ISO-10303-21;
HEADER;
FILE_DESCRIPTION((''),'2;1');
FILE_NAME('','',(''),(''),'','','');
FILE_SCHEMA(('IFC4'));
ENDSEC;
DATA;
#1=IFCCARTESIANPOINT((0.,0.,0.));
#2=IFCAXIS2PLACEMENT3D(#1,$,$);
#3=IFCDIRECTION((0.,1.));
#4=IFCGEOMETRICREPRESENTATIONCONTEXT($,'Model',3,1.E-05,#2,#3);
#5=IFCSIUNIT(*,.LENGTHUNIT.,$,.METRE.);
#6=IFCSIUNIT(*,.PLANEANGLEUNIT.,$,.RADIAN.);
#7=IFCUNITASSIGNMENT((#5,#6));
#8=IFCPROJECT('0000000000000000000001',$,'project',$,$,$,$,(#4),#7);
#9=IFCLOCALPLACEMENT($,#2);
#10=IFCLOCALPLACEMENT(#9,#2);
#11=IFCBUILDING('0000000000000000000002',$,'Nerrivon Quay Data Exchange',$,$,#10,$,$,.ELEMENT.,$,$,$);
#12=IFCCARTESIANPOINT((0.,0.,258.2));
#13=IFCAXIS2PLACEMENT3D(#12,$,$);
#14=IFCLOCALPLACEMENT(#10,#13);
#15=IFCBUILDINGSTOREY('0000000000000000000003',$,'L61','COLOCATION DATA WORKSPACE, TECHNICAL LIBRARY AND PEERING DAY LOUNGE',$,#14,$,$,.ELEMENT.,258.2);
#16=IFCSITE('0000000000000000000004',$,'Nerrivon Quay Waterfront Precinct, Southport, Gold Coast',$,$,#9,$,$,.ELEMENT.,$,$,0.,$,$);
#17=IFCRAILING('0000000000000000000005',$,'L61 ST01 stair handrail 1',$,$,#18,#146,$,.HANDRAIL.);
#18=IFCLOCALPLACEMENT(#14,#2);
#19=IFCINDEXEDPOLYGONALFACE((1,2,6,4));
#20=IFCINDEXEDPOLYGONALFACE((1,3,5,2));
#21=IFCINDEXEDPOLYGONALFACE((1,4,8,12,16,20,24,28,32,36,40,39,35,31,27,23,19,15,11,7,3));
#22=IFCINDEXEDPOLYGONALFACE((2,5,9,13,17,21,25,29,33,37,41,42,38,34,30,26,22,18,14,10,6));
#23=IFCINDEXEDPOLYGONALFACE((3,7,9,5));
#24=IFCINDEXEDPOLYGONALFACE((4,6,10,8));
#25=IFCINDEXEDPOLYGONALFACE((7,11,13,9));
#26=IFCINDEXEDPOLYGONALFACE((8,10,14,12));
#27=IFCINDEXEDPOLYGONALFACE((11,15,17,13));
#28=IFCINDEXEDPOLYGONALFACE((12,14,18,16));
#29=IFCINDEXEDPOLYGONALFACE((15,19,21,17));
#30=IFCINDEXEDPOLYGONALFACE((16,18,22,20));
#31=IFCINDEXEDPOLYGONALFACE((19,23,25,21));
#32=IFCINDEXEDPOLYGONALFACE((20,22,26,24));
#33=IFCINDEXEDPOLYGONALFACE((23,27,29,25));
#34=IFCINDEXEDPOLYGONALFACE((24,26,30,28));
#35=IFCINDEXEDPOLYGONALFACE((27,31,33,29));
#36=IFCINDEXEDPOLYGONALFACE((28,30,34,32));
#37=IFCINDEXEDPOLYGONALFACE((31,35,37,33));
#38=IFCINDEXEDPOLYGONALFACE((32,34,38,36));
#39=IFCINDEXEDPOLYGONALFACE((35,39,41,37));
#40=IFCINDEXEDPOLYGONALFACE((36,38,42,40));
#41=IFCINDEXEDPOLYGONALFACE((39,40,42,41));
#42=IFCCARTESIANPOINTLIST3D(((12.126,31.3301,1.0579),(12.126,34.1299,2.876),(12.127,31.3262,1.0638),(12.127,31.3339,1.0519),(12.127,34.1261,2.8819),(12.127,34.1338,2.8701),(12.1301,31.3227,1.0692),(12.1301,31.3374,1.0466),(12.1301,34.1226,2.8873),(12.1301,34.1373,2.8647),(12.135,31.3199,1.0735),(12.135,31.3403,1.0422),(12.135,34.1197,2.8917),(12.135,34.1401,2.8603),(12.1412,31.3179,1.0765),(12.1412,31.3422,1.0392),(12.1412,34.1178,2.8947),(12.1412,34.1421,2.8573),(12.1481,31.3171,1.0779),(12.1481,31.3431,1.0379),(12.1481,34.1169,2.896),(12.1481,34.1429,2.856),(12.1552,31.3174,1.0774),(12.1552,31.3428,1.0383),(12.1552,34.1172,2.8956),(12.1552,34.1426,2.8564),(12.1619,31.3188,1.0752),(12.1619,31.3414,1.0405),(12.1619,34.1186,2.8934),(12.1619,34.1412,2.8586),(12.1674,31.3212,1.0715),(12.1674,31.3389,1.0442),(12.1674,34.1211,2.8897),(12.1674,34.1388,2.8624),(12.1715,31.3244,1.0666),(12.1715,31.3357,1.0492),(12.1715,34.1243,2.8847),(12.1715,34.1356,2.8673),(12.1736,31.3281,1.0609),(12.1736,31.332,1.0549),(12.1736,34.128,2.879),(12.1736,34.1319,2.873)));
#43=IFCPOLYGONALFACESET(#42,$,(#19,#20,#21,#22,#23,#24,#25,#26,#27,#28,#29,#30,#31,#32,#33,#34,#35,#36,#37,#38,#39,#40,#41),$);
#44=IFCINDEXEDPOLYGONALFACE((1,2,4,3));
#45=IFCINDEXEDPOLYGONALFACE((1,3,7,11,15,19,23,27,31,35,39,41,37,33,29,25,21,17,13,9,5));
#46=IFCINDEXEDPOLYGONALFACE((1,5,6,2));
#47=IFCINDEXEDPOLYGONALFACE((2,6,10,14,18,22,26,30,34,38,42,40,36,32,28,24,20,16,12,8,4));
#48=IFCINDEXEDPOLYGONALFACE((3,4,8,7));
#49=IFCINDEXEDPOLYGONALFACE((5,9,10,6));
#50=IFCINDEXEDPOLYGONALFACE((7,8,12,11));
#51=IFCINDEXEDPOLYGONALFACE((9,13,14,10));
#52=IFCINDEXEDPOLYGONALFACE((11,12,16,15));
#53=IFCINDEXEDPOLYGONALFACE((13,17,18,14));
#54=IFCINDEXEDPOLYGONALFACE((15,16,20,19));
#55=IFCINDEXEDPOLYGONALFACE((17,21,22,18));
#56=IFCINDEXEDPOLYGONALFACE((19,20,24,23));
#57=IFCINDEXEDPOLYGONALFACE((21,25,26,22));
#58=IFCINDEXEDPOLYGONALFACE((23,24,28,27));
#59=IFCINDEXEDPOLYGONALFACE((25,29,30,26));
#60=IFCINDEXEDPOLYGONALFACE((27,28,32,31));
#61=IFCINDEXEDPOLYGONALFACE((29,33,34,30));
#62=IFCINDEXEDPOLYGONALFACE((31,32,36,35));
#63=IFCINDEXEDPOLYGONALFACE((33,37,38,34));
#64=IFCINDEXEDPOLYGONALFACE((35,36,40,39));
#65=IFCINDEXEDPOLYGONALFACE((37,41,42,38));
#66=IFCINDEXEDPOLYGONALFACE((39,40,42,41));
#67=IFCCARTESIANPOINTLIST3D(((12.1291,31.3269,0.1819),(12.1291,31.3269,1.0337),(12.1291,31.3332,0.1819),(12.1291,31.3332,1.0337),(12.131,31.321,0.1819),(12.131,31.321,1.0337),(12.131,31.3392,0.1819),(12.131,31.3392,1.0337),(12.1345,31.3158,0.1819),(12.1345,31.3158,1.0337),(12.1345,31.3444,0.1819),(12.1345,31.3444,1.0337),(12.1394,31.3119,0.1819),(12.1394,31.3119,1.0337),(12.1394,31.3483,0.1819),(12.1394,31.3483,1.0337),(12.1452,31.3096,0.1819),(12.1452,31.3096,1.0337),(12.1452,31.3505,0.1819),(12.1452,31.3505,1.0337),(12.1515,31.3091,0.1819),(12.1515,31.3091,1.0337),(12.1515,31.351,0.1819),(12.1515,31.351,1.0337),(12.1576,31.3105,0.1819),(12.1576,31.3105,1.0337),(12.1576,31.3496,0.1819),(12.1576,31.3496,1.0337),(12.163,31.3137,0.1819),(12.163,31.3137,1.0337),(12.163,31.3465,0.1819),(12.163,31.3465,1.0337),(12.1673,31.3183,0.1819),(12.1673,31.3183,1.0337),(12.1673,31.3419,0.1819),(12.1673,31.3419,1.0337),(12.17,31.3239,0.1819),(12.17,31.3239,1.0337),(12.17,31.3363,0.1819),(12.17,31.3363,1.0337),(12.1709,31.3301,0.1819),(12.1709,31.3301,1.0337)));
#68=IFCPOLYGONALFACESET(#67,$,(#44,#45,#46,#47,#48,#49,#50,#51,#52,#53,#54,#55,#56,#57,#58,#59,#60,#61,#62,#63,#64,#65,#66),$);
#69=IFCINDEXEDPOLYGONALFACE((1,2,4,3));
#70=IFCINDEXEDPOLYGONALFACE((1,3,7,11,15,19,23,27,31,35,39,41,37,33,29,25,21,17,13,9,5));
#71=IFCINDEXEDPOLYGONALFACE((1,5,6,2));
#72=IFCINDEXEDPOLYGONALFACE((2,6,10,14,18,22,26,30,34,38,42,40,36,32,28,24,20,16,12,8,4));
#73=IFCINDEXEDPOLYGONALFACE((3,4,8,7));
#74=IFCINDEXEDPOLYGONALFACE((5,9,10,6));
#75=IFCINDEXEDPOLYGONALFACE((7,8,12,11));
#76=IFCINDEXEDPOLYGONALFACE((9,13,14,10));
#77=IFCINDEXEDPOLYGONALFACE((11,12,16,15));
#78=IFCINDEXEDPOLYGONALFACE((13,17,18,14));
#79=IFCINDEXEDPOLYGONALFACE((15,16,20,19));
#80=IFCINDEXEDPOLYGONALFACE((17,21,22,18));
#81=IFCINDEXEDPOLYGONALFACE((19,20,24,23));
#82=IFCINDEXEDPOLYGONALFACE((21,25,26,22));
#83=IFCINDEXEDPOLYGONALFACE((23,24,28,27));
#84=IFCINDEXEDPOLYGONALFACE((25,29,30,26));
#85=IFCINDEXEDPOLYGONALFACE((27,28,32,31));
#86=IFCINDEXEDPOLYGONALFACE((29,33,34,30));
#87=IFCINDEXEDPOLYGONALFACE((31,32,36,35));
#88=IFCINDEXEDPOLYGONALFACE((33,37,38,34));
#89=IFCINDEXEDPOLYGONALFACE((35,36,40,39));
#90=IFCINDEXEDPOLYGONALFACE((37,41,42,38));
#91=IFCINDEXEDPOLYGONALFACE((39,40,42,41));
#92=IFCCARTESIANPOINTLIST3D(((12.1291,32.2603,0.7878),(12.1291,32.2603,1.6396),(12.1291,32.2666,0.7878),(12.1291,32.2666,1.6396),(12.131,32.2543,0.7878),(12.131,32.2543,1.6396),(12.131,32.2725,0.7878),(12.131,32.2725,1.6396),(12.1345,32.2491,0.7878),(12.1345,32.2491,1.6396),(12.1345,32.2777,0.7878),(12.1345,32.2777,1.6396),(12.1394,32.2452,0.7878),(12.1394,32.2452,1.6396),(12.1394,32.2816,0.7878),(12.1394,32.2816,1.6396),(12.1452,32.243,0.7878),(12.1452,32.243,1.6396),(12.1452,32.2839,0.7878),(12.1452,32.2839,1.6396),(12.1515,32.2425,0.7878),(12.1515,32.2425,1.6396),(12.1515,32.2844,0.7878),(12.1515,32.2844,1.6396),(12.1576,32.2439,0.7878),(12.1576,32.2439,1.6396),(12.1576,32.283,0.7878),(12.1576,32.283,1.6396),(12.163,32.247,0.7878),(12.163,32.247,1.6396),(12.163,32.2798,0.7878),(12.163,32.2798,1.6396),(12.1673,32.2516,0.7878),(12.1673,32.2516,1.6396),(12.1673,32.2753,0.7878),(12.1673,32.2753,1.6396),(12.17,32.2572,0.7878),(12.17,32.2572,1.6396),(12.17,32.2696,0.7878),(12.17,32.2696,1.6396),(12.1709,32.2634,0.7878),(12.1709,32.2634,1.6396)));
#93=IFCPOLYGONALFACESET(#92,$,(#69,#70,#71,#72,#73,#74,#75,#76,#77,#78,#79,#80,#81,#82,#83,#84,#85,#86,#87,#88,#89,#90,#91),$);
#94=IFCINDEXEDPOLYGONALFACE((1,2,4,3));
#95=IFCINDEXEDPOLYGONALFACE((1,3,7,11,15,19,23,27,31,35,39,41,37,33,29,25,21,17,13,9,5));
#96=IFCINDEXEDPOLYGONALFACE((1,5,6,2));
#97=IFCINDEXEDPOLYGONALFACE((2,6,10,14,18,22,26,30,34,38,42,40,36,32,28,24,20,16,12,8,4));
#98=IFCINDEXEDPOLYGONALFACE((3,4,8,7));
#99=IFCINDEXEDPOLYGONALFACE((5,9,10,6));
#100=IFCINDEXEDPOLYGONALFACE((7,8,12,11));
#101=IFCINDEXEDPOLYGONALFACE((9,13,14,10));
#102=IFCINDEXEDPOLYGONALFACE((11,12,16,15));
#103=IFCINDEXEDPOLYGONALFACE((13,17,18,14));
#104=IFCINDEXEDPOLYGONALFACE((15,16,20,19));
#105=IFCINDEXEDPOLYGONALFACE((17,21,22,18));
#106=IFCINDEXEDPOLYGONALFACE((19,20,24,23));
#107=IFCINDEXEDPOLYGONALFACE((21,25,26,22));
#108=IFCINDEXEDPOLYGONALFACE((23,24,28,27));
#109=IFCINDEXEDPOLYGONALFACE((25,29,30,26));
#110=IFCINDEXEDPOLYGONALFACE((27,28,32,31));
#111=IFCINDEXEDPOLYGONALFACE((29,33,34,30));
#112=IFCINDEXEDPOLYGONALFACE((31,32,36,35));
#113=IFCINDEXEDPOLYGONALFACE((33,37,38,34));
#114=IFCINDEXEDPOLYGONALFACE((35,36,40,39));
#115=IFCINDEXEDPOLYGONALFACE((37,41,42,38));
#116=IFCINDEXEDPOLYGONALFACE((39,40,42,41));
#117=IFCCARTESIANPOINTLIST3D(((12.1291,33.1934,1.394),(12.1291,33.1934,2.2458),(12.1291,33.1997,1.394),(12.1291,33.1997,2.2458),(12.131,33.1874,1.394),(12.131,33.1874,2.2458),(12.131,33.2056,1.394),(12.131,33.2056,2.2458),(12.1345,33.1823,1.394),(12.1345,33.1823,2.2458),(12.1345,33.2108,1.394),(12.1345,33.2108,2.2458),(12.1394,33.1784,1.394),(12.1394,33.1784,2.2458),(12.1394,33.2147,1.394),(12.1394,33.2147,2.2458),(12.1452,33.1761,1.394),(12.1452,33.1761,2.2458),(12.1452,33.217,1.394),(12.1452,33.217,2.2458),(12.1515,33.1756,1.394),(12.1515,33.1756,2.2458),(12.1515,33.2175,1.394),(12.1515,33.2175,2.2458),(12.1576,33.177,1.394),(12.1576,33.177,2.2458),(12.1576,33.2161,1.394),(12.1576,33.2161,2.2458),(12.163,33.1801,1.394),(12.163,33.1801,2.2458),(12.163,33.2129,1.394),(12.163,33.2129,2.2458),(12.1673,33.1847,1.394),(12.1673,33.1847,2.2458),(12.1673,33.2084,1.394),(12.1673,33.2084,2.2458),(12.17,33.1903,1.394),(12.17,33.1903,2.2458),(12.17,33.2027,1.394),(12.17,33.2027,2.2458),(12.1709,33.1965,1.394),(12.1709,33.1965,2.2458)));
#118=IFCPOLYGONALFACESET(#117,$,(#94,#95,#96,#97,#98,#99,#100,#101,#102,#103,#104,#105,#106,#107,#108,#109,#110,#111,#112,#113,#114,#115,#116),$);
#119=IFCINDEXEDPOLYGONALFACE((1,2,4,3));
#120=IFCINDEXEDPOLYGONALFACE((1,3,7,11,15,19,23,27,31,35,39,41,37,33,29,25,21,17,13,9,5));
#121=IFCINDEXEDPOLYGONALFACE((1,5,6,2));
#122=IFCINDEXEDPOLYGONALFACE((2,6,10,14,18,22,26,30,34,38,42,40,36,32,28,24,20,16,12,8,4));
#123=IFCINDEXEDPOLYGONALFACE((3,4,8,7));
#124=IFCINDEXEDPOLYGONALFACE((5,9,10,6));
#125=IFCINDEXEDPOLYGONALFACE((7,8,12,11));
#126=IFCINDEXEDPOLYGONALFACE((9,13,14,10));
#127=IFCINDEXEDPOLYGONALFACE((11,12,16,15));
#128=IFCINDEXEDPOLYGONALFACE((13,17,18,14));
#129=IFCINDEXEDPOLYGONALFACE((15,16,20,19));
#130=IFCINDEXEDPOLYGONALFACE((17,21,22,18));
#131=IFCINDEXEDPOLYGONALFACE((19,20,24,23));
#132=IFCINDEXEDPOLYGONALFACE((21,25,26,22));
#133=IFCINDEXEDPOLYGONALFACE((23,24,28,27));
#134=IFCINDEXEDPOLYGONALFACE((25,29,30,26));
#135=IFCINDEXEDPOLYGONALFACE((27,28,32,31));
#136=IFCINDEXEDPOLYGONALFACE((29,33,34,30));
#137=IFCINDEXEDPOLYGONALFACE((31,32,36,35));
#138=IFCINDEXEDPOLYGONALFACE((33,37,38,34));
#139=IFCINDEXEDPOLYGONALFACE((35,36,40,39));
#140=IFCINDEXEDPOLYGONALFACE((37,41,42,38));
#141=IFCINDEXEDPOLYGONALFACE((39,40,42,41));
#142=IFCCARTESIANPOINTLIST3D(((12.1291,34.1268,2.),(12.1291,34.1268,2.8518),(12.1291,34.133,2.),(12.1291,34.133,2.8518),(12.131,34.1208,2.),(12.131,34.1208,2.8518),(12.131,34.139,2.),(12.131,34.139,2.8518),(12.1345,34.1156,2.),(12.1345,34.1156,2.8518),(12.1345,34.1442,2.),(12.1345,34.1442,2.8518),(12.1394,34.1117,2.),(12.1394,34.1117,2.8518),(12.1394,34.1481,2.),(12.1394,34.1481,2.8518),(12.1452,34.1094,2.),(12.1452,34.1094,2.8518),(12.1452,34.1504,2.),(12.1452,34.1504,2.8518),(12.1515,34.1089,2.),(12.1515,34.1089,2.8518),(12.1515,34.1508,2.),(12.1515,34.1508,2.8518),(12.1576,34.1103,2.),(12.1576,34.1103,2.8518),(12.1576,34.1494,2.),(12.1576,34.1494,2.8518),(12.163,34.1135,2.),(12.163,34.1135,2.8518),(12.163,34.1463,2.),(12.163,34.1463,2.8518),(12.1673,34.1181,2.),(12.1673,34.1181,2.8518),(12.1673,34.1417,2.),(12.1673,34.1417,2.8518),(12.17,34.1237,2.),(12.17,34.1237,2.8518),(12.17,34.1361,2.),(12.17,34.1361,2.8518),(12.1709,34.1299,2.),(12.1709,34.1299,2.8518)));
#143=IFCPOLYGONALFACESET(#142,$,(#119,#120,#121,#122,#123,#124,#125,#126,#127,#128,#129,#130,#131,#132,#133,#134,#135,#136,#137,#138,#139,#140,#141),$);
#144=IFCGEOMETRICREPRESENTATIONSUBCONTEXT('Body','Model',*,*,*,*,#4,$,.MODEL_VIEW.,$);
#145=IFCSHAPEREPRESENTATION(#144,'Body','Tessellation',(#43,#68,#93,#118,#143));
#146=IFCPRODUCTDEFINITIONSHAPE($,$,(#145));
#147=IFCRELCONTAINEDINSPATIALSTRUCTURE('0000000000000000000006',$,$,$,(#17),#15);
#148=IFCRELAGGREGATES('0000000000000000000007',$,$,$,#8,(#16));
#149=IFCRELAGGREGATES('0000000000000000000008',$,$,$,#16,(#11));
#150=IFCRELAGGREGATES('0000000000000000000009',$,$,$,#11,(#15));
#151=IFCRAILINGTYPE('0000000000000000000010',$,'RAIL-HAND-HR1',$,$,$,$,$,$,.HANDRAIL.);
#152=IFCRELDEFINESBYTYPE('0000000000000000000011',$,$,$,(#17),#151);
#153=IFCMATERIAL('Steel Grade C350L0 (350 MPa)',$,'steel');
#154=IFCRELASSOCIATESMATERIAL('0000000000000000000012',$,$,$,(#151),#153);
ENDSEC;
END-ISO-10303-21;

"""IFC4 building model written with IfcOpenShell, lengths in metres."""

from ifc_helpers import new_model, si_unit, direction, frame, origin, origin_2d, place, context, subcontext, project, spatial, circle, extrude, material, type_object, element, save


model = new_model("IFC4")

# Units and contexts
model_context = context("Model", 3, precision=1e-05, world=origin(), true_north=direction((0.0, 1.0)))
body_context = subcontext(model_context, "Body", "Model", "MODEL_VIEW")
ifc_project = project(units=[si_unit("LENGTHUNIT", "METRE"), si_unit("PLANEANGLEUNIT", "RADIAN")], contexts=[model_context])

# Site, building, storey
site_placement = place(None, origin())
site = spatial("IfcSite", under=ifc_project, at=site_placement, Name="Nerrivon Quay Waterfront Precinct, Southport, Gold Coast", CompositionType="ELEMENT", RefElevation=0.0)
building_placement = place(site_placement, origin())
building = spatial("IfcBuilding", under=site, at=building_placement, Name="Nerrivon Quay Data Exchange", CompositionType="ELEMENT")
storey_placement = place(building_placement, frame((0.0, 0.0, 258.2)))
storey = spatial("IfcBuildingStorey", under=building, at=storey_placement, Name="L61", Description="COLOCATION DATA WORKSPACE, TECHNICAL LIBRARY AND PEERING DAY LOUNGE", CompositionType="ELEMENT", Elevation=258.2)

# Railing
ifc_material_1 = material(Name="Steel Grade C350L0 (350 MPa)", Category="steel")
railing_type_1 = type_object("IfcRailingType", Name="RAIL-HAND-HR1", PredefinedType="HANDRAIL", material=ifc_material_1)
railing_1_placement = place(storey_placement, frame((12.1499, 31.3301, 0.1819)))
element("IfcRailing", 1, at=railing_1_placement, inside=storey, type_object=railing_type_1, Name="L61 ST01 stair handrail 1", PredefinedType="HANDRAIL", context=body_context, shape_type="SweptSolid", body=[
    extrude(circle(Radius=0.0239, at=origin_2d()), frame((0.0, 0.0, 0.876), z_axis=(0.0, 0.838684, 0.544618), x_axis=(-1.0, 0.0, 0.0)), (0.0, 0.0, 1.0), 3.3384),
    extrude(circle(Radius=0.021, at=origin_2d()), origin(), (0.0, 0.0, 1.0), 0.8518),
    extrude(circle(Radius=0.021, at=origin_2d()), frame((0.0, 0.9333, 0.606)), (0.0, 0.0, 1.0), 0.8518),
    extrude(circle(Radius=0.021, at=origin_2d()), frame((0.0, 1.8665, 1.2122)), (0.0, 0.0, 1.0), 0.8518),
    extrude(circle(Radius=0.021, at=origin_2d()), frame((0.0, 2.7998, 1.8181)), (0.0, 0.0, 1.0), 0.8518),
])

save(model, "model.ifc")
